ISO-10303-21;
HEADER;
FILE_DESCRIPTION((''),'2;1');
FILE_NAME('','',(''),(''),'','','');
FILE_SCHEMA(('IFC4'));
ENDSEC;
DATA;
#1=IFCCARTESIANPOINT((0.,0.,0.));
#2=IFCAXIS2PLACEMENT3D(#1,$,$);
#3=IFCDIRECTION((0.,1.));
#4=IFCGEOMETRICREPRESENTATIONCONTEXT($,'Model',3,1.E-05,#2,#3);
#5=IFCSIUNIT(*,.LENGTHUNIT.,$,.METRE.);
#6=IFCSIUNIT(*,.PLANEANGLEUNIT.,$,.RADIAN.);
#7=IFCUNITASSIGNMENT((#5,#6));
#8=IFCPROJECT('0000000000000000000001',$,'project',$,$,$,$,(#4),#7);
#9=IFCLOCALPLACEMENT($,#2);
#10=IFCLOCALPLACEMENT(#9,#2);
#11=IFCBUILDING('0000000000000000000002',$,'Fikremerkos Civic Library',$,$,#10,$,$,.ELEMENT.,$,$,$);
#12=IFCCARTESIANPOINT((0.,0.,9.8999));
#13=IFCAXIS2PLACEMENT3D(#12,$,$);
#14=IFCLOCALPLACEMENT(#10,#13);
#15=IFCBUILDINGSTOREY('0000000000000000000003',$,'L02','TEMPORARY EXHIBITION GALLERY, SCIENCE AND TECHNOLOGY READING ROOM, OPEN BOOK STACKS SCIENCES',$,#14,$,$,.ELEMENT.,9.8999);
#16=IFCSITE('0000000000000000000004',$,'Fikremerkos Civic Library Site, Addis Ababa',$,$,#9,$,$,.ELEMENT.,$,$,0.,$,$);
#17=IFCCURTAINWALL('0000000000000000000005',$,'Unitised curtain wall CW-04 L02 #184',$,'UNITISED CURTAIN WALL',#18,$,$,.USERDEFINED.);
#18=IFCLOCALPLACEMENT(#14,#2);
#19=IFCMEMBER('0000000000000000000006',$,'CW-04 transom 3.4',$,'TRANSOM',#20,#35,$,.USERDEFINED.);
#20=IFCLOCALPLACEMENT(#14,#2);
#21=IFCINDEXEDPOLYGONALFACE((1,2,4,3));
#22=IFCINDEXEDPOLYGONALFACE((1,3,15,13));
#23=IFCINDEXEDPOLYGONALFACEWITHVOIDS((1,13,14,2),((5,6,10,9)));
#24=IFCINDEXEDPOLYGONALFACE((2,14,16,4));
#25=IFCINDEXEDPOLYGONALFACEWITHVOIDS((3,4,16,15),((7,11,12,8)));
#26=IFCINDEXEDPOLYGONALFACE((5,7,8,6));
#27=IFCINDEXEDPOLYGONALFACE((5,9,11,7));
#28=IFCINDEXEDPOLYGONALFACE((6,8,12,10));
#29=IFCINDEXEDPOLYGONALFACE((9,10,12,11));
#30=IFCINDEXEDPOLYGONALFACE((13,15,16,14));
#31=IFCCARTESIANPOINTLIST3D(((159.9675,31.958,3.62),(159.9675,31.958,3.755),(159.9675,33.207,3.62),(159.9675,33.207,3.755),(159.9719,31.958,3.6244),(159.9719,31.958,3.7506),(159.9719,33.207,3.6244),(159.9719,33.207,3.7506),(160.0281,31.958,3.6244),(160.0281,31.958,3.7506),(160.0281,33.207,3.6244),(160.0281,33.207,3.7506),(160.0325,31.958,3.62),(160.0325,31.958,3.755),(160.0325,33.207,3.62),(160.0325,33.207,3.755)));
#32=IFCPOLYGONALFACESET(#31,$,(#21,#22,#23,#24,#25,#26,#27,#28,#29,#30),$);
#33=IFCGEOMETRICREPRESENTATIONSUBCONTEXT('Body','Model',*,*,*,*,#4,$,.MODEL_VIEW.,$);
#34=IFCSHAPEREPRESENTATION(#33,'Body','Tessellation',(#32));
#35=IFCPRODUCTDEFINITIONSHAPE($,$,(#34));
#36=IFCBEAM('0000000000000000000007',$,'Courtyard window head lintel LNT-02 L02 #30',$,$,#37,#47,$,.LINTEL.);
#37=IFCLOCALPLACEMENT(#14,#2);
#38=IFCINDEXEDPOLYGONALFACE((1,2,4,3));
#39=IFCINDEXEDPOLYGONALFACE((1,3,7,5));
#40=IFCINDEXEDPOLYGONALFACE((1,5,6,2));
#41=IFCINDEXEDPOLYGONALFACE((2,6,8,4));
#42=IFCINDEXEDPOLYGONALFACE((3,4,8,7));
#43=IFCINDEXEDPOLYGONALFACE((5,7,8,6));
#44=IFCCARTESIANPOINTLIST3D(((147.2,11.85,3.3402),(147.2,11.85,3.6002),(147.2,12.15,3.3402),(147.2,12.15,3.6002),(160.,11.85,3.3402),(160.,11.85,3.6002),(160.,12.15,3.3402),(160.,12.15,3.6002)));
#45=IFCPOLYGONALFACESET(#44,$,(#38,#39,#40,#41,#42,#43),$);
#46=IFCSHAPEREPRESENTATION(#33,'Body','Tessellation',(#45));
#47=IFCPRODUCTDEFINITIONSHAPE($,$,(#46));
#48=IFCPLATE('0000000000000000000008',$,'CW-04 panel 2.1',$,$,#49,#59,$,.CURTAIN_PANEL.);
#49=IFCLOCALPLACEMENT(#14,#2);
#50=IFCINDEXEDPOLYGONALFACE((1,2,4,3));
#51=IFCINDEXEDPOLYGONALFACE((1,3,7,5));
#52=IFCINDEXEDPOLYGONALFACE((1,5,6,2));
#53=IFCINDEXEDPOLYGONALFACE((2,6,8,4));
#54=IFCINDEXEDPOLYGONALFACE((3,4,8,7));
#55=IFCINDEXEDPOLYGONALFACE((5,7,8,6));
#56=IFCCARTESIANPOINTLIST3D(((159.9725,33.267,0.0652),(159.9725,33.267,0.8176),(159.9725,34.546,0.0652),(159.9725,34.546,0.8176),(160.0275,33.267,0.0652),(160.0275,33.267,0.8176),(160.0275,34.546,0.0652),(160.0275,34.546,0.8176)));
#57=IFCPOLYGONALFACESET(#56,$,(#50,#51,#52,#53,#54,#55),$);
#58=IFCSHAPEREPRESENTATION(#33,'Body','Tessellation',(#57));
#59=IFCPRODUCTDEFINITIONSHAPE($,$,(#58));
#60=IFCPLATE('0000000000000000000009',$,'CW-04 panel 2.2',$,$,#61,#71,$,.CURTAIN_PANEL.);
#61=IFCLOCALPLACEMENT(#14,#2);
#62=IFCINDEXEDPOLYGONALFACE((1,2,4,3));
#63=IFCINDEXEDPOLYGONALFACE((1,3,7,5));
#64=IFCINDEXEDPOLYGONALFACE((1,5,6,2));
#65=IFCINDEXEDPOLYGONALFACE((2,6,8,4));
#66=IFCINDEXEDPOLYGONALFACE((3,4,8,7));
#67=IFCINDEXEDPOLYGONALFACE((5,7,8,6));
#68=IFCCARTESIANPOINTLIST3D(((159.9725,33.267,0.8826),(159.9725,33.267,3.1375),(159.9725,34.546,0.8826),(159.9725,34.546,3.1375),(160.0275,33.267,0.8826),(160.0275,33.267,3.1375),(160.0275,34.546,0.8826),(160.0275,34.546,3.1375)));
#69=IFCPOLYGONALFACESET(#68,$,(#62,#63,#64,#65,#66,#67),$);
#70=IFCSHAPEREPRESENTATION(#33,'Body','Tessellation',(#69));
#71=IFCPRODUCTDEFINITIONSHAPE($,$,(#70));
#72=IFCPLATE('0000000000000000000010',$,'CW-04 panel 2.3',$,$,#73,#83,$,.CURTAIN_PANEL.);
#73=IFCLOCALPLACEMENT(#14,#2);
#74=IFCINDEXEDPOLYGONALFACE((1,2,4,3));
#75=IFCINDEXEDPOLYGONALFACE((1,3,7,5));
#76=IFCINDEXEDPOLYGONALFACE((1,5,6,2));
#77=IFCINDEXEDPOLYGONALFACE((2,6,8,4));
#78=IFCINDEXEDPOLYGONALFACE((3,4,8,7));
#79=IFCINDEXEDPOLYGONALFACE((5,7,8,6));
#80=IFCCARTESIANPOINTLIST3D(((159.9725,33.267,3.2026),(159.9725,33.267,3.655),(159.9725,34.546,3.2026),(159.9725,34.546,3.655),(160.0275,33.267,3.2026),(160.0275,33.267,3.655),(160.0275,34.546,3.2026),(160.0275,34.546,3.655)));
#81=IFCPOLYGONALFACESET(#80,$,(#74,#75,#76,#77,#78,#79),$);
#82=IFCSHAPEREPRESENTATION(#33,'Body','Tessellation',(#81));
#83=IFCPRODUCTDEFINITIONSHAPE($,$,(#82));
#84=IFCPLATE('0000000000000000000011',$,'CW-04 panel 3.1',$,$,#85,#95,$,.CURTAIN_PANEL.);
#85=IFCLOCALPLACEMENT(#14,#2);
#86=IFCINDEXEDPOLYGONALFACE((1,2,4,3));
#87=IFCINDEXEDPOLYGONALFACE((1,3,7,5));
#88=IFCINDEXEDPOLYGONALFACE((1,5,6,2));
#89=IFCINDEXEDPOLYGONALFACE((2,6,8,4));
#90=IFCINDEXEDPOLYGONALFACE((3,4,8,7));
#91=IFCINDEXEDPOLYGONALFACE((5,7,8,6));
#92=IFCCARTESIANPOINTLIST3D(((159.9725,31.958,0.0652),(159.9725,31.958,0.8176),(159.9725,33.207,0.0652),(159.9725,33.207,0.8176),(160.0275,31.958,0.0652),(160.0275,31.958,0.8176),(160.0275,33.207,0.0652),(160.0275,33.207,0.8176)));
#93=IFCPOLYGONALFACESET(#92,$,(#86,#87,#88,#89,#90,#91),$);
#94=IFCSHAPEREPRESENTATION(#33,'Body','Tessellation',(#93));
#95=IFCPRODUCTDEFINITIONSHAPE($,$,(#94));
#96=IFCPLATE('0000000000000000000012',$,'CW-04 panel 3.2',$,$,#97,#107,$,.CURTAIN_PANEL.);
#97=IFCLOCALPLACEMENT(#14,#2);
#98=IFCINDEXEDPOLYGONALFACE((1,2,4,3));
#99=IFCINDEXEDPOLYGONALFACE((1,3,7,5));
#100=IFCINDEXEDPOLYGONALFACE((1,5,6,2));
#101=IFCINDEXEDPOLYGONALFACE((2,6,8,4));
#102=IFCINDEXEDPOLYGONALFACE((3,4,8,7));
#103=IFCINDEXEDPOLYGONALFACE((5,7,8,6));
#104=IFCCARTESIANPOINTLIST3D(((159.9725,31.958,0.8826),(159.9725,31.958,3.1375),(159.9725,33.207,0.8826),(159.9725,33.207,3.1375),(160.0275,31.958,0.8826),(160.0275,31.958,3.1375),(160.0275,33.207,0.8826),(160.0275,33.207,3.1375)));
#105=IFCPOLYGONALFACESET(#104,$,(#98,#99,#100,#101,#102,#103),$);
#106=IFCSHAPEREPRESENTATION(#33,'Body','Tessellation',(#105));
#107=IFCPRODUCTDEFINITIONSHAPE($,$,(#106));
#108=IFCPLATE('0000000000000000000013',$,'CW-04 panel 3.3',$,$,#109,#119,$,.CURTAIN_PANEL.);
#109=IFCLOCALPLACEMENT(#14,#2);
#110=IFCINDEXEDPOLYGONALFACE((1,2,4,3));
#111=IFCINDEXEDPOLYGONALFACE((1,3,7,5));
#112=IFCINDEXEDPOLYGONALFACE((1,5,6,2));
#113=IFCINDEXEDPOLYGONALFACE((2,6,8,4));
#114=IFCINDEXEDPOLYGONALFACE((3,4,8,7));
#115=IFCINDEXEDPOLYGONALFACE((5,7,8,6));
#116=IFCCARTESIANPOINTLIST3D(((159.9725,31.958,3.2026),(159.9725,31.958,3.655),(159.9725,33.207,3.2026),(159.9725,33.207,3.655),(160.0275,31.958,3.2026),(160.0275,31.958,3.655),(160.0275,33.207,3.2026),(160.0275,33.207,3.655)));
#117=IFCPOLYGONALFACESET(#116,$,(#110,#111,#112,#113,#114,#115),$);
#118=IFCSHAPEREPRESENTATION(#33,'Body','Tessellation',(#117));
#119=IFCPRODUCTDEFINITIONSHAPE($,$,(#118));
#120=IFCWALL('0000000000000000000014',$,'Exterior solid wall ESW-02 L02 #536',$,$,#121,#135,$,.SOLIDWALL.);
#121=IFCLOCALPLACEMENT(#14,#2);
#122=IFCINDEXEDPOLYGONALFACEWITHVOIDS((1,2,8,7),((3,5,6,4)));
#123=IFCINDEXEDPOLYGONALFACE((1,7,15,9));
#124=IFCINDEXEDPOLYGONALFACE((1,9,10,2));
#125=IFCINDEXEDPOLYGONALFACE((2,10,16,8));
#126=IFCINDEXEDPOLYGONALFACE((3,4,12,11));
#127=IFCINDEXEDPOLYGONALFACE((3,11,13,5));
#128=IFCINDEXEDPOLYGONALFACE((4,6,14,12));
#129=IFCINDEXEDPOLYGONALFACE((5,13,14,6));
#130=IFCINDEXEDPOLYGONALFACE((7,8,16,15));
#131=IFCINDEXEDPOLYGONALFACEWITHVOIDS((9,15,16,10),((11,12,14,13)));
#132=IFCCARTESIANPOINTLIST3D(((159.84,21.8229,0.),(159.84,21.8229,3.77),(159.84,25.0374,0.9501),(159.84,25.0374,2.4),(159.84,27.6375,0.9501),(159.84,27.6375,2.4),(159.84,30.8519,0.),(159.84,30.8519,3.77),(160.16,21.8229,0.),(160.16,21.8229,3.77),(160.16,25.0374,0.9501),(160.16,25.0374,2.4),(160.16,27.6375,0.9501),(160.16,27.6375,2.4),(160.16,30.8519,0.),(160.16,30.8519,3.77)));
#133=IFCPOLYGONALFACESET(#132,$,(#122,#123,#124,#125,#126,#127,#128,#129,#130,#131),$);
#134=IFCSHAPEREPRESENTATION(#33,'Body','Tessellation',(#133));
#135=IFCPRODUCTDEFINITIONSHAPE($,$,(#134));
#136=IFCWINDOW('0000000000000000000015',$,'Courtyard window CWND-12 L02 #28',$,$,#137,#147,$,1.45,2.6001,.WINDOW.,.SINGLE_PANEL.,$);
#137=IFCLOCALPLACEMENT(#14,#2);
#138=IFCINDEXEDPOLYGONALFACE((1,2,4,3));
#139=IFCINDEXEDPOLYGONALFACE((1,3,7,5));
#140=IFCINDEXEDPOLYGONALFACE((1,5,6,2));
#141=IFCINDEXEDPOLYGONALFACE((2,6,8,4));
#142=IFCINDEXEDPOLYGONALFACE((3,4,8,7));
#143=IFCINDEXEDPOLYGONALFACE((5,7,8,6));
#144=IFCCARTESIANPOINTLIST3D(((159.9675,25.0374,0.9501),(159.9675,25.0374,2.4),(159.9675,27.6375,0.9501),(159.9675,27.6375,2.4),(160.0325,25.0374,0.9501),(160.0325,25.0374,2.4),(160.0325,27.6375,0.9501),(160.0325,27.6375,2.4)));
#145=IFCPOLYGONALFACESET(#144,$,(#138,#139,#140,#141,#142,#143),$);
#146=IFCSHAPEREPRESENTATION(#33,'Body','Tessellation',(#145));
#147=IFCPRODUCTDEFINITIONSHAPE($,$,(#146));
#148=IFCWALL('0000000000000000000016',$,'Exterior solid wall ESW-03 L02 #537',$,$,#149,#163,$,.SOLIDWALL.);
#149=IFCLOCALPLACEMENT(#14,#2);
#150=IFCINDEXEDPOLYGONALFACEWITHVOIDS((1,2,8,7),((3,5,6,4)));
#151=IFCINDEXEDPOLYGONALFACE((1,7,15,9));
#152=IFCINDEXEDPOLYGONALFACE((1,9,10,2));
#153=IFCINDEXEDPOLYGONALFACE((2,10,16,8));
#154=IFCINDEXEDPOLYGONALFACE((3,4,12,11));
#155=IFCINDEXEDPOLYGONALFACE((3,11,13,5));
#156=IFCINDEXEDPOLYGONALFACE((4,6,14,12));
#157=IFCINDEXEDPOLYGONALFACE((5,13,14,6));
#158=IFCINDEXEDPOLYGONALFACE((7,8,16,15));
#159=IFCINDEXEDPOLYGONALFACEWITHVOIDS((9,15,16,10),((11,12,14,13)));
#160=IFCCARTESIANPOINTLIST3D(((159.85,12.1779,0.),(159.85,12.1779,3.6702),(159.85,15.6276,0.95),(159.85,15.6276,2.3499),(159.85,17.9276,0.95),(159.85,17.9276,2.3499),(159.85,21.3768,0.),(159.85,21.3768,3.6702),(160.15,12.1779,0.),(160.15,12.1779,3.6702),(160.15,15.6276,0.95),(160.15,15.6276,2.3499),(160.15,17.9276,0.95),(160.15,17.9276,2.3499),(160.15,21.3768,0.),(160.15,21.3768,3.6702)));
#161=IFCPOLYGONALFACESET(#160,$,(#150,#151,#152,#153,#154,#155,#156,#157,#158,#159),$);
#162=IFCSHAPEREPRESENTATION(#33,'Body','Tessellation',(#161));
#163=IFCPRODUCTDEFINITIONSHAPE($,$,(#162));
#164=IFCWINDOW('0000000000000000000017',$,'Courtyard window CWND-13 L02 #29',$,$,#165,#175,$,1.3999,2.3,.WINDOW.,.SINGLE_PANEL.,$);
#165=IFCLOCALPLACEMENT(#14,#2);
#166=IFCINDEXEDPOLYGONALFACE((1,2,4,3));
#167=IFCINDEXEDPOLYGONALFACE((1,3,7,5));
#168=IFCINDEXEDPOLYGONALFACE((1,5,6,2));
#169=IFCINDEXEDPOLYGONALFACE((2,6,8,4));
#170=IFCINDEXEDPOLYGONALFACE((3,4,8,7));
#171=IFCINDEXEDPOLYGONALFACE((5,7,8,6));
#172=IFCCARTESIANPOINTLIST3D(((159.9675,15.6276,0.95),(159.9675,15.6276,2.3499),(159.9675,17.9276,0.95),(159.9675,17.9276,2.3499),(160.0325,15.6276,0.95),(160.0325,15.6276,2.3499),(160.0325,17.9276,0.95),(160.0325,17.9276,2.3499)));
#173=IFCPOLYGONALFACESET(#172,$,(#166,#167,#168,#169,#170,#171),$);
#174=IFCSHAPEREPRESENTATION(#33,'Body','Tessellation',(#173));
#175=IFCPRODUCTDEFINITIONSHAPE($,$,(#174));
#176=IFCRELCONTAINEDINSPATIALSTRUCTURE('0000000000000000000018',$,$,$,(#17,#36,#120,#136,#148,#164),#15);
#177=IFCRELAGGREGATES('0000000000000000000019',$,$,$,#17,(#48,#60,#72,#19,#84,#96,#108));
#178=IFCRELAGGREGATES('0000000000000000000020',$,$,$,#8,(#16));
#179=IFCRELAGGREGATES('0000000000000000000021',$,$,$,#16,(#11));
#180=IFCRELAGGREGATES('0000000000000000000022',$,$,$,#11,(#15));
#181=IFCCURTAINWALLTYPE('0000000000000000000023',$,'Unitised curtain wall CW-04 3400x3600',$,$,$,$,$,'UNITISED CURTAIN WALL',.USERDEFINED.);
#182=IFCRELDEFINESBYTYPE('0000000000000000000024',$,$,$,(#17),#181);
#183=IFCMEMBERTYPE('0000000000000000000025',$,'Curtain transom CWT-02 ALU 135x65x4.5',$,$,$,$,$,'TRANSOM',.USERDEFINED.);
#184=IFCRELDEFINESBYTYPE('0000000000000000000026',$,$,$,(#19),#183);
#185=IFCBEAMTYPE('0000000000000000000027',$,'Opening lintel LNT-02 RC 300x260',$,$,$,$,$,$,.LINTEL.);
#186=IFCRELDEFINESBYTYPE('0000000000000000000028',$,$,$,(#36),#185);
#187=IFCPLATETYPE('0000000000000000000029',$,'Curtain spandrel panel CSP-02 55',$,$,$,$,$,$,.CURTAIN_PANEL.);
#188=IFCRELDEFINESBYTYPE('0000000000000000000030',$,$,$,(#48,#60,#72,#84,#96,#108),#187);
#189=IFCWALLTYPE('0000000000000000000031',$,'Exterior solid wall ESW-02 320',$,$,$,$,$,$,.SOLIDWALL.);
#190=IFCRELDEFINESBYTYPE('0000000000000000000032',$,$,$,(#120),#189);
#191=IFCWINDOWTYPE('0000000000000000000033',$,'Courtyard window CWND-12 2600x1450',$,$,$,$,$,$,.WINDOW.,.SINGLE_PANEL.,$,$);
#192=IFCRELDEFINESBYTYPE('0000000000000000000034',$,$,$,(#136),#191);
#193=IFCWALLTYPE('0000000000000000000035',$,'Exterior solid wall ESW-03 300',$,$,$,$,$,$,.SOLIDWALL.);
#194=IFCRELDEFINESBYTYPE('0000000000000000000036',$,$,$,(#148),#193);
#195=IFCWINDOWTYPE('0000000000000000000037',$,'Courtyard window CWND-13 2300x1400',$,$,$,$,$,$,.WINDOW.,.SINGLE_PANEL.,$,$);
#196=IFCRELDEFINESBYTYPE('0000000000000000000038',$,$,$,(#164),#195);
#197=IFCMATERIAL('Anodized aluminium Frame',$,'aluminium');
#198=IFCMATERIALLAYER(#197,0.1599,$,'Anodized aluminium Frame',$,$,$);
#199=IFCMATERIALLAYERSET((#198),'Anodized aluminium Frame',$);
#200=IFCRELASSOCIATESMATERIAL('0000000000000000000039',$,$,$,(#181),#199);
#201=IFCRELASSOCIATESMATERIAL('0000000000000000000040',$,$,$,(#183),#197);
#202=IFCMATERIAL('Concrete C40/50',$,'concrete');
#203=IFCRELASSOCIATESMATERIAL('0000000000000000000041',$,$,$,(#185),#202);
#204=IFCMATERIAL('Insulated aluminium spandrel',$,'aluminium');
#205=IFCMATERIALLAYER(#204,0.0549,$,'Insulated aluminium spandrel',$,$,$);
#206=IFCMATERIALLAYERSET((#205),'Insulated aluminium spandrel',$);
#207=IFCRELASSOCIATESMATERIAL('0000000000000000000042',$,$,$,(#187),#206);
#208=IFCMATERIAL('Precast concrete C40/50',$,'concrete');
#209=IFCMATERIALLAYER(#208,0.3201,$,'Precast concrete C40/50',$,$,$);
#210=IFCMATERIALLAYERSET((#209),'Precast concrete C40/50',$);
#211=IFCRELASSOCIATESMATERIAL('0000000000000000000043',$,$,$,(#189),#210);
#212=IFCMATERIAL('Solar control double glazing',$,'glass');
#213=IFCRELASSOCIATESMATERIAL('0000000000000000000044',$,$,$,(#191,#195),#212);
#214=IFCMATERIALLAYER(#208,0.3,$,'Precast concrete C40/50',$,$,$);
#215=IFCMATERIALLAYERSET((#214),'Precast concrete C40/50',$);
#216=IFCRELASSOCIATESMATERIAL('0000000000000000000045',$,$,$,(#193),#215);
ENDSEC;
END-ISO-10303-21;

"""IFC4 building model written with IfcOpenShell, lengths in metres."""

from ifc_helpers import new_model, si_unit, direction, frame, frame_2d, origin, origin_2d, place, context, subcontext, project, spatial, rectangle, hollow_rectangle, extrude, material, layer, layer_set, material_profile, profile_set, type_object, element, fill, aggregate, save


model = new_model("IFC4")

# Units and contexts
model_context = context("Model", 3, precision=1e-05, world=origin(), true_north=direction((0.0, 1.0)))
body_context = subcontext(model_context, "Body", "Model", "MODEL_VIEW")
ifc_project = project(units=[si_unit("LENGTHUNIT", "METRE"), si_unit("PLANEANGLEUNIT", "RADIAN")], contexts=[model_context])

# Site, building, storey
site_placement = place(None, origin())
site = spatial("IfcSite", under=ifc_project, at=site_placement, Name="Fikremerkos Civic Library Site, Addis Ababa", CompositionType="ELEMENT", RefElevation=0.0)
building_placement = place(site_placement, origin())
building = spatial("IfcBuilding", under=site, at=building_placement, Name="Fikremerkos Civic Library", CompositionType="ELEMENT")
storey_placement = place(building_placement, frame((0.0, 0.0, 9.8999)))
storey = spatial("IfcBuildingStorey", under=building, at=storey_placement, Name="L02", Description="TEMPORARY EXHIBITION GALLERY, SCIENCE AND TECHNOLOGY READING ROOM, OPEN BOOK STACKS SCIENCES", CompositionType="ELEMENT", Elevation=9.8999)

# Shared definitions
ifc_material_1 = material(Name="Concrete C40/50", Category="concrete")

# Curtain wall, member
ifc_material_2 = material(Name="Anodized aluminium Frame", Category="aluminium")
ifc_layer_1 = layer(ifc_material_2, 0.1599, Name="Anodized aluminium Frame")
ifc_layer_set_1 = layer_set([ifc_layer_1], Name="Anodized aluminium Frame")
curtain_wall_type = type_object("IfcCurtainWallType", Name="Unitised curtain wall CW-04 3400x3600", ElementType="UNITISED CURTAIN WALL", PredefinedType="USERDEFINED", material=ifc_layer_set_1)
curtain_wall_placement = place(storey_placement, origin())
curtain_wall = element("IfcCurtainWall", 1, at=curtain_wall_placement, inside=storey, type_object=curtain_wall_type, Name="Unitised curtain wall CW-04 L02 #184", ObjectType="UNITISED CURTAIN WALL", PredefinedType="USERDEFINED")
ifc_material_profile_1 = material_profile(ifc_material_2, hollow_rectangle(XDim=0.0649, YDim=0.135, WallThickness=0.0044, at=origin_2d()), Name="ALU 135x65x4.5")
ifc_profile_set_1 = profile_set([ifc_material_profile_1], Name="Anodized aluminium Frame")
member_type_1 = type_object("IfcMemberType", Name="Curtain transom CWT-02 ALU 135x65x4.5", ElementType="TRANSOM", PredefinedType="USERDEFINED", material=ifc_profile_set_1)
member_1_placement = place(storey_placement, frame((160.0, 33.207, 3.6875), z_axis=(0.0, -1.0, 0.0), x_axis=(1.0, 0.0, 0.0)))
member_1 = element("IfcMember", 2, at=member_1_placement, type_object=member_type_1, Name="CW-04 transom 3.4", ObjectType="TRANSOM", PredefinedType="USERDEFINED", context=body_context, shape_type="SweptSolid", body=[
    extrude(hollow_rectangle(XDim=0.0649, YDim=0.135, WallThickness=0.0044, at=origin_2d()), origin(), (0.0, 0.0, 1.0), 1.249),
])

# Beam
ifc_material_profile_2 = material_profile(ifc_material_1, rectangle(XDim=0.3, YDim=0.26, at=origin_2d()), Name="RC 300x260")
ifc_profile_set_2 = profile_set([ifc_material_profile_2], Name="Concrete C40/50")
beam_type = type_object("IfcBeamType", Name="Opening lintel LNT-02 RC 300x260", PredefinedType="LINTEL", material=ifc_profile_set_2)
beam_placement = place(storey_placement, frame((160.0, 12.0, 3.4702), z_axis=(-1.0, 0.0, 0.0), x_axis=(0.0, -1.0, 0.0)))
element("IfcBeam", 3, at=beam_placement, inside=storey, type_object=beam_type, Name="Courtyard window head lintel LNT-02 L02 #30", PredefinedType="LINTEL", context=body_context, shape_type="SweptSolid", body=[
    extrude(rectangle(XDim=0.3, YDim=0.26, at=origin_2d()), origin(), (0.0, 0.0, 1.0), 12.8),
])

# Plates
ifc_material_3 = material(Name="Insulated aluminium spandrel", Category="aluminium")
ifc_layer_2 = layer(ifc_material_3, 0.0549, Name="Insulated aluminium spandrel")
ifc_layer_set_2 = layer_set([ifc_layer_2], Name="Insulated aluminium spandrel")
plate_type = type_object("IfcPlateType", Name="Curtain spandrel panel CSP-02 55", PredefinedType="CURTAIN_PANEL", material=ifc_layer_set_2)
plate_1_placement = place(storey_placement, frame((160.0, 33.9065, 0.0652), z_axis=(0.0, 0.0, 1.0), x_axis=(0.0, -1.0, 0.0)))
plate_1 = element("IfcPlate", 4, at=plate_1_placement, type_object=plate_type, Name="CW-04 panel 2.1", PredefinedType="CURTAIN_PANEL", context=body_context, shape_type="SweptSolid", body=[
    extrude(rectangle(XDim=1.2791, YDim=0.0549, at=origin_2d()), origin(), (0.0, 0.0, 1.0), 0.7524),
])
plate_2_placement = place(storey_placement, frame((160.0, 33.9065, 0.8826), z_axis=(0.0, 0.0, 1.0), x_axis=(0.0, -1.0, 0.0)))
plate_2 = element("IfcPlate", 5, at=plate_2_placement, type_object=plate_type, Name="CW-04 panel 2.2", PredefinedType="CURTAIN_PANEL", context=body_context, shape_type="SweptSolid", body=[
    extrude(rectangle(XDim=1.2791, YDim=0.0549, at=origin_2d()), origin(), (0.0, 0.0, 1.0), 2.2549),
])
plate_3_placement = place(storey_placement, frame((160.0, 33.9065, 3.2026), z_axis=(0.0, 0.0, 1.0), x_axis=(0.0, -1.0, 0.0)))
plate_3 = element("IfcPlate", 6, at=plate_3_placement, type_object=plate_type, Name="CW-04 panel 2.3", PredefinedType="CURTAIN_PANEL", context=body_context, shape_type="SweptSolid", body=[
    extrude(rectangle(XDim=1.2791, YDim=0.0549, at=origin_2d()), origin(), (0.0, 0.0, 1.0), 0.4524),
])
plate_4_placement = place(storey_placement, frame((160.0, 32.5825, 0.0652), z_axis=(0.0, 0.0, 1.0), x_axis=(0.0, -1.0, 0.0)))
plate_4 = element("IfcPlate", 7, at=plate_4_placement, type_object=plate_type, Name="CW-04 panel 3.1", PredefinedType="CURTAIN_PANEL", context=body_context, shape_type="SweptSolid", body=[
    extrude(rectangle(XDim=1.249, YDim=0.0549, at=origin_2d()), origin(), (0.0, 0.0, 1.0), 0.7524),
])
plate_5_placement = place(storey_placement, frame((160.0, 32.5825, 0.8826), z_axis=(0.0, 0.0, 1.0), x_axis=(0.0, -1.0, 0.0)))
plate_5 = element("IfcPlate", 8, at=plate_5_placement, type_object=plate_type, Name="CW-04 panel 3.2", PredefinedType="CURTAIN_PANEL", context=body_context, shape_type="SweptSolid", body=[
    extrude(rectangle(XDim=1.249, YDim=0.0549, at=origin_2d()), origin(), (0.0, 0.0, 1.0), 2.2549),
])
plate_6_placement = place(storey_placement, frame((160.0, 32.5825, 3.2026), z_axis=(0.0, 0.0, 1.0), x_axis=(0.0, -1.0, 0.0)))
plate_6 = element("IfcPlate", 9, at=plate_6_placement, type_object=plate_type, Name="CW-04 panel 3.3", PredefinedType="CURTAIN_PANEL", context=body_context, shape_type="SweptSolid", body=[
    extrude(rectangle(XDim=1.249, YDim=0.0549, at=origin_2d()), origin(), (0.0, 0.0, 1.0), 0.4524),
])
aggregate(curtain_wall, [plate_1, plate_2, plate_3, member_1, plate_4, plate_5, plate_6])

# Walls, openings, windows
ifc_material_4 = material(Name="Precast concrete C40/50", Category="concrete")
ifc_layer_3 = layer(ifc_material_4, 0.3201, Name="Precast concrete C40/50")
ifc_layer_set_3 = layer_set([ifc_layer_3], Name="Precast concrete C40/50")
wall_type_1 = type_object("IfcWallType", Name="Exterior solid wall ESW-02 320", PredefinedType="SOLIDWALL", material=ifc_layer_set_3)
wall_1_placement = place(storey_placement, frame((160.0, 30.8521, 0.0), z_axis=(0.0, 0.0, 1.0), x_axis=(0.0, -1.0, 0.0)))
wall_1 = element("IfcWall", 10, at=wall_1_placement, inside=storey, type_object=wall_type_1, Name="Exterior solid wall ESW-02 L02 #536", PredefinedType="SOLIDWALL", context=body_context, shape_type="SweptSolid", body=[
    extrude(rectangle(XDim=9.0291, YDim=0.3201, at=frame_2d((4.5146, 0.0))), origin(), (0.0, 0.0, 1.0), 3.77),
])
opening_1_placement = place(wall_1_placement, frame((3.2146, 0.0, 0.95)))
opening_1 = element("IfcOpeningElement", 11, at=opening_1_placement, cuts=wall_1, PredefinedType="OPENING", context=body_context, shape_type="SweptSolid", body=[
    extrude(rectangle(XDim=2.6001, YDim=1.45, at=frame_2d((1.3, 0.7251))), frame((0.0, 0.1699, 0.0), z_axis=(0.0, -1.0, 0.0), x_axis=(1.0, 0.0, 0.0)), (0.0, 0.0, 1.0), 0.3401),
])
ifc_material_5 = material(Name="Solar control double glazing", Category="glass")
window_type_1 = type_object("IfcWindowType", Name="Courtyard window CWND-12 2600x1450", PartitioningType="SINGLE_PANEL", PredefinedType="WINDOW", material=ifc_material_5)
window_1_placement = place(opening_1_placement, origin())
window_1 = element("IfcWindow", 12, at=window_1_placement, inside=storey, type_object=window_type_1, Name="Courtyard window CWND-12 L02 #28", OverallHeight=1.45, OverallWidth=2.6001, PartitioningType="SINGLE_PANEL", PredefinedType="WINDOW", context=body_context, shape_type="SweptSolid", body=[
    extrude(rectangle(XDim=2.6001, YDim=1.45, at=frame_2d((1.3, 0.7251))), frame((0.0, 0.0325, 0.0), z_axis=(0.0, -1.0, 0.0), x_axis=(1.0, 0.0, 0.0)), (0.0, 0.0, 1.0), 0.0649),
])
fill(opening_1, window_1)
ifc_layer_4 = layer(ifc_material_4, 0.3, Name="Precast concrete C40/50")
ifc_layer_set_4 = layer_set([ifc_layer_4], Name="Precast concrete C40/50")
wall_type_2 = type_object("IfcWallType", Name="Exterior solid wall ESW-03 300", PredefinedType="SOLIDWALL", material=ifc_layer_set_4)
wall_2_placement = place(storey_placement, frame((160.0, 21.377, 0.0), z_axis=(0.0, 0.0, 1.0), x_axis=(0.0, -1.0, 0.0)))
wall_2 = element("IfcWall", 13, at=wall_2_placement, inside=storey, type_object=wall_type_2, Name="Exterior solid wall ESW-03 L02 #537", PredefinedType="SOLIDWALL", context=body_context, shape_type="SweptSolid", body=[
    extrude(rectangle(XDim=9.199, YDim=0.3, at=frame_2d((4.5996, 0.0))), origin(), (0.0, 0.0, 1.0), 3.6702),
])
opening_2_placement = place(wall_2_placement, frame((3.4495, 0.0, 0.95)))
opening_2 = element("IfcOpeningElement", 14, at=opening_2_placement, cuts=wall_2, PredefinedType="OPENING", context=body_context, shape_type="SweptSolid", body=[
    extrude(rectangle(XDim=2.3, YDim=1.3999, at=frame_2d((1.1499, 0.7))), frame((0.0, 0.1599, 0.0), z_axis=(0.0, -1.0, 0.0), x_axis=(1.0, 0.0, 0.0)), (0.0, 0.0, 1.0), 0.3201),
])
window_type_2 = type_object("IfcWindowType", Name="Courtyard window CWND-13 2300x1400", PartitioningType="SINGLE_PANEL", PredefinedType="WINDOW", material=ifc_material_5)
window_2_placement = place(opening_2_placement, origin())
window_2 = element("IfcWindow", 15, at=window_2_placement, inside=storey, type_object=window_type_2, Name="Courtyard window CWND-13 L02 #29", OverallHeight=1.3999, OverallWidth=2.3, PartitioningType="SINGLE_PANEL", PredefinedType="WINDOW", context=body_context, shape_type="SweptSolid", body=[
    extrude(rectangle(XDim=2.3, YDim=1.3999, at=frame_2d((1.1499, 0.7))), frame((0.0, 0.0325, 0.0), z_axis=(0.0, -1.0, 0.0), x_axis=(1.0, 0.0, 0.0)), (0.0, 0.0, 1.0), 0.0649),
])
fill(opening_2, window_2)

save(model, "model.ifc")
